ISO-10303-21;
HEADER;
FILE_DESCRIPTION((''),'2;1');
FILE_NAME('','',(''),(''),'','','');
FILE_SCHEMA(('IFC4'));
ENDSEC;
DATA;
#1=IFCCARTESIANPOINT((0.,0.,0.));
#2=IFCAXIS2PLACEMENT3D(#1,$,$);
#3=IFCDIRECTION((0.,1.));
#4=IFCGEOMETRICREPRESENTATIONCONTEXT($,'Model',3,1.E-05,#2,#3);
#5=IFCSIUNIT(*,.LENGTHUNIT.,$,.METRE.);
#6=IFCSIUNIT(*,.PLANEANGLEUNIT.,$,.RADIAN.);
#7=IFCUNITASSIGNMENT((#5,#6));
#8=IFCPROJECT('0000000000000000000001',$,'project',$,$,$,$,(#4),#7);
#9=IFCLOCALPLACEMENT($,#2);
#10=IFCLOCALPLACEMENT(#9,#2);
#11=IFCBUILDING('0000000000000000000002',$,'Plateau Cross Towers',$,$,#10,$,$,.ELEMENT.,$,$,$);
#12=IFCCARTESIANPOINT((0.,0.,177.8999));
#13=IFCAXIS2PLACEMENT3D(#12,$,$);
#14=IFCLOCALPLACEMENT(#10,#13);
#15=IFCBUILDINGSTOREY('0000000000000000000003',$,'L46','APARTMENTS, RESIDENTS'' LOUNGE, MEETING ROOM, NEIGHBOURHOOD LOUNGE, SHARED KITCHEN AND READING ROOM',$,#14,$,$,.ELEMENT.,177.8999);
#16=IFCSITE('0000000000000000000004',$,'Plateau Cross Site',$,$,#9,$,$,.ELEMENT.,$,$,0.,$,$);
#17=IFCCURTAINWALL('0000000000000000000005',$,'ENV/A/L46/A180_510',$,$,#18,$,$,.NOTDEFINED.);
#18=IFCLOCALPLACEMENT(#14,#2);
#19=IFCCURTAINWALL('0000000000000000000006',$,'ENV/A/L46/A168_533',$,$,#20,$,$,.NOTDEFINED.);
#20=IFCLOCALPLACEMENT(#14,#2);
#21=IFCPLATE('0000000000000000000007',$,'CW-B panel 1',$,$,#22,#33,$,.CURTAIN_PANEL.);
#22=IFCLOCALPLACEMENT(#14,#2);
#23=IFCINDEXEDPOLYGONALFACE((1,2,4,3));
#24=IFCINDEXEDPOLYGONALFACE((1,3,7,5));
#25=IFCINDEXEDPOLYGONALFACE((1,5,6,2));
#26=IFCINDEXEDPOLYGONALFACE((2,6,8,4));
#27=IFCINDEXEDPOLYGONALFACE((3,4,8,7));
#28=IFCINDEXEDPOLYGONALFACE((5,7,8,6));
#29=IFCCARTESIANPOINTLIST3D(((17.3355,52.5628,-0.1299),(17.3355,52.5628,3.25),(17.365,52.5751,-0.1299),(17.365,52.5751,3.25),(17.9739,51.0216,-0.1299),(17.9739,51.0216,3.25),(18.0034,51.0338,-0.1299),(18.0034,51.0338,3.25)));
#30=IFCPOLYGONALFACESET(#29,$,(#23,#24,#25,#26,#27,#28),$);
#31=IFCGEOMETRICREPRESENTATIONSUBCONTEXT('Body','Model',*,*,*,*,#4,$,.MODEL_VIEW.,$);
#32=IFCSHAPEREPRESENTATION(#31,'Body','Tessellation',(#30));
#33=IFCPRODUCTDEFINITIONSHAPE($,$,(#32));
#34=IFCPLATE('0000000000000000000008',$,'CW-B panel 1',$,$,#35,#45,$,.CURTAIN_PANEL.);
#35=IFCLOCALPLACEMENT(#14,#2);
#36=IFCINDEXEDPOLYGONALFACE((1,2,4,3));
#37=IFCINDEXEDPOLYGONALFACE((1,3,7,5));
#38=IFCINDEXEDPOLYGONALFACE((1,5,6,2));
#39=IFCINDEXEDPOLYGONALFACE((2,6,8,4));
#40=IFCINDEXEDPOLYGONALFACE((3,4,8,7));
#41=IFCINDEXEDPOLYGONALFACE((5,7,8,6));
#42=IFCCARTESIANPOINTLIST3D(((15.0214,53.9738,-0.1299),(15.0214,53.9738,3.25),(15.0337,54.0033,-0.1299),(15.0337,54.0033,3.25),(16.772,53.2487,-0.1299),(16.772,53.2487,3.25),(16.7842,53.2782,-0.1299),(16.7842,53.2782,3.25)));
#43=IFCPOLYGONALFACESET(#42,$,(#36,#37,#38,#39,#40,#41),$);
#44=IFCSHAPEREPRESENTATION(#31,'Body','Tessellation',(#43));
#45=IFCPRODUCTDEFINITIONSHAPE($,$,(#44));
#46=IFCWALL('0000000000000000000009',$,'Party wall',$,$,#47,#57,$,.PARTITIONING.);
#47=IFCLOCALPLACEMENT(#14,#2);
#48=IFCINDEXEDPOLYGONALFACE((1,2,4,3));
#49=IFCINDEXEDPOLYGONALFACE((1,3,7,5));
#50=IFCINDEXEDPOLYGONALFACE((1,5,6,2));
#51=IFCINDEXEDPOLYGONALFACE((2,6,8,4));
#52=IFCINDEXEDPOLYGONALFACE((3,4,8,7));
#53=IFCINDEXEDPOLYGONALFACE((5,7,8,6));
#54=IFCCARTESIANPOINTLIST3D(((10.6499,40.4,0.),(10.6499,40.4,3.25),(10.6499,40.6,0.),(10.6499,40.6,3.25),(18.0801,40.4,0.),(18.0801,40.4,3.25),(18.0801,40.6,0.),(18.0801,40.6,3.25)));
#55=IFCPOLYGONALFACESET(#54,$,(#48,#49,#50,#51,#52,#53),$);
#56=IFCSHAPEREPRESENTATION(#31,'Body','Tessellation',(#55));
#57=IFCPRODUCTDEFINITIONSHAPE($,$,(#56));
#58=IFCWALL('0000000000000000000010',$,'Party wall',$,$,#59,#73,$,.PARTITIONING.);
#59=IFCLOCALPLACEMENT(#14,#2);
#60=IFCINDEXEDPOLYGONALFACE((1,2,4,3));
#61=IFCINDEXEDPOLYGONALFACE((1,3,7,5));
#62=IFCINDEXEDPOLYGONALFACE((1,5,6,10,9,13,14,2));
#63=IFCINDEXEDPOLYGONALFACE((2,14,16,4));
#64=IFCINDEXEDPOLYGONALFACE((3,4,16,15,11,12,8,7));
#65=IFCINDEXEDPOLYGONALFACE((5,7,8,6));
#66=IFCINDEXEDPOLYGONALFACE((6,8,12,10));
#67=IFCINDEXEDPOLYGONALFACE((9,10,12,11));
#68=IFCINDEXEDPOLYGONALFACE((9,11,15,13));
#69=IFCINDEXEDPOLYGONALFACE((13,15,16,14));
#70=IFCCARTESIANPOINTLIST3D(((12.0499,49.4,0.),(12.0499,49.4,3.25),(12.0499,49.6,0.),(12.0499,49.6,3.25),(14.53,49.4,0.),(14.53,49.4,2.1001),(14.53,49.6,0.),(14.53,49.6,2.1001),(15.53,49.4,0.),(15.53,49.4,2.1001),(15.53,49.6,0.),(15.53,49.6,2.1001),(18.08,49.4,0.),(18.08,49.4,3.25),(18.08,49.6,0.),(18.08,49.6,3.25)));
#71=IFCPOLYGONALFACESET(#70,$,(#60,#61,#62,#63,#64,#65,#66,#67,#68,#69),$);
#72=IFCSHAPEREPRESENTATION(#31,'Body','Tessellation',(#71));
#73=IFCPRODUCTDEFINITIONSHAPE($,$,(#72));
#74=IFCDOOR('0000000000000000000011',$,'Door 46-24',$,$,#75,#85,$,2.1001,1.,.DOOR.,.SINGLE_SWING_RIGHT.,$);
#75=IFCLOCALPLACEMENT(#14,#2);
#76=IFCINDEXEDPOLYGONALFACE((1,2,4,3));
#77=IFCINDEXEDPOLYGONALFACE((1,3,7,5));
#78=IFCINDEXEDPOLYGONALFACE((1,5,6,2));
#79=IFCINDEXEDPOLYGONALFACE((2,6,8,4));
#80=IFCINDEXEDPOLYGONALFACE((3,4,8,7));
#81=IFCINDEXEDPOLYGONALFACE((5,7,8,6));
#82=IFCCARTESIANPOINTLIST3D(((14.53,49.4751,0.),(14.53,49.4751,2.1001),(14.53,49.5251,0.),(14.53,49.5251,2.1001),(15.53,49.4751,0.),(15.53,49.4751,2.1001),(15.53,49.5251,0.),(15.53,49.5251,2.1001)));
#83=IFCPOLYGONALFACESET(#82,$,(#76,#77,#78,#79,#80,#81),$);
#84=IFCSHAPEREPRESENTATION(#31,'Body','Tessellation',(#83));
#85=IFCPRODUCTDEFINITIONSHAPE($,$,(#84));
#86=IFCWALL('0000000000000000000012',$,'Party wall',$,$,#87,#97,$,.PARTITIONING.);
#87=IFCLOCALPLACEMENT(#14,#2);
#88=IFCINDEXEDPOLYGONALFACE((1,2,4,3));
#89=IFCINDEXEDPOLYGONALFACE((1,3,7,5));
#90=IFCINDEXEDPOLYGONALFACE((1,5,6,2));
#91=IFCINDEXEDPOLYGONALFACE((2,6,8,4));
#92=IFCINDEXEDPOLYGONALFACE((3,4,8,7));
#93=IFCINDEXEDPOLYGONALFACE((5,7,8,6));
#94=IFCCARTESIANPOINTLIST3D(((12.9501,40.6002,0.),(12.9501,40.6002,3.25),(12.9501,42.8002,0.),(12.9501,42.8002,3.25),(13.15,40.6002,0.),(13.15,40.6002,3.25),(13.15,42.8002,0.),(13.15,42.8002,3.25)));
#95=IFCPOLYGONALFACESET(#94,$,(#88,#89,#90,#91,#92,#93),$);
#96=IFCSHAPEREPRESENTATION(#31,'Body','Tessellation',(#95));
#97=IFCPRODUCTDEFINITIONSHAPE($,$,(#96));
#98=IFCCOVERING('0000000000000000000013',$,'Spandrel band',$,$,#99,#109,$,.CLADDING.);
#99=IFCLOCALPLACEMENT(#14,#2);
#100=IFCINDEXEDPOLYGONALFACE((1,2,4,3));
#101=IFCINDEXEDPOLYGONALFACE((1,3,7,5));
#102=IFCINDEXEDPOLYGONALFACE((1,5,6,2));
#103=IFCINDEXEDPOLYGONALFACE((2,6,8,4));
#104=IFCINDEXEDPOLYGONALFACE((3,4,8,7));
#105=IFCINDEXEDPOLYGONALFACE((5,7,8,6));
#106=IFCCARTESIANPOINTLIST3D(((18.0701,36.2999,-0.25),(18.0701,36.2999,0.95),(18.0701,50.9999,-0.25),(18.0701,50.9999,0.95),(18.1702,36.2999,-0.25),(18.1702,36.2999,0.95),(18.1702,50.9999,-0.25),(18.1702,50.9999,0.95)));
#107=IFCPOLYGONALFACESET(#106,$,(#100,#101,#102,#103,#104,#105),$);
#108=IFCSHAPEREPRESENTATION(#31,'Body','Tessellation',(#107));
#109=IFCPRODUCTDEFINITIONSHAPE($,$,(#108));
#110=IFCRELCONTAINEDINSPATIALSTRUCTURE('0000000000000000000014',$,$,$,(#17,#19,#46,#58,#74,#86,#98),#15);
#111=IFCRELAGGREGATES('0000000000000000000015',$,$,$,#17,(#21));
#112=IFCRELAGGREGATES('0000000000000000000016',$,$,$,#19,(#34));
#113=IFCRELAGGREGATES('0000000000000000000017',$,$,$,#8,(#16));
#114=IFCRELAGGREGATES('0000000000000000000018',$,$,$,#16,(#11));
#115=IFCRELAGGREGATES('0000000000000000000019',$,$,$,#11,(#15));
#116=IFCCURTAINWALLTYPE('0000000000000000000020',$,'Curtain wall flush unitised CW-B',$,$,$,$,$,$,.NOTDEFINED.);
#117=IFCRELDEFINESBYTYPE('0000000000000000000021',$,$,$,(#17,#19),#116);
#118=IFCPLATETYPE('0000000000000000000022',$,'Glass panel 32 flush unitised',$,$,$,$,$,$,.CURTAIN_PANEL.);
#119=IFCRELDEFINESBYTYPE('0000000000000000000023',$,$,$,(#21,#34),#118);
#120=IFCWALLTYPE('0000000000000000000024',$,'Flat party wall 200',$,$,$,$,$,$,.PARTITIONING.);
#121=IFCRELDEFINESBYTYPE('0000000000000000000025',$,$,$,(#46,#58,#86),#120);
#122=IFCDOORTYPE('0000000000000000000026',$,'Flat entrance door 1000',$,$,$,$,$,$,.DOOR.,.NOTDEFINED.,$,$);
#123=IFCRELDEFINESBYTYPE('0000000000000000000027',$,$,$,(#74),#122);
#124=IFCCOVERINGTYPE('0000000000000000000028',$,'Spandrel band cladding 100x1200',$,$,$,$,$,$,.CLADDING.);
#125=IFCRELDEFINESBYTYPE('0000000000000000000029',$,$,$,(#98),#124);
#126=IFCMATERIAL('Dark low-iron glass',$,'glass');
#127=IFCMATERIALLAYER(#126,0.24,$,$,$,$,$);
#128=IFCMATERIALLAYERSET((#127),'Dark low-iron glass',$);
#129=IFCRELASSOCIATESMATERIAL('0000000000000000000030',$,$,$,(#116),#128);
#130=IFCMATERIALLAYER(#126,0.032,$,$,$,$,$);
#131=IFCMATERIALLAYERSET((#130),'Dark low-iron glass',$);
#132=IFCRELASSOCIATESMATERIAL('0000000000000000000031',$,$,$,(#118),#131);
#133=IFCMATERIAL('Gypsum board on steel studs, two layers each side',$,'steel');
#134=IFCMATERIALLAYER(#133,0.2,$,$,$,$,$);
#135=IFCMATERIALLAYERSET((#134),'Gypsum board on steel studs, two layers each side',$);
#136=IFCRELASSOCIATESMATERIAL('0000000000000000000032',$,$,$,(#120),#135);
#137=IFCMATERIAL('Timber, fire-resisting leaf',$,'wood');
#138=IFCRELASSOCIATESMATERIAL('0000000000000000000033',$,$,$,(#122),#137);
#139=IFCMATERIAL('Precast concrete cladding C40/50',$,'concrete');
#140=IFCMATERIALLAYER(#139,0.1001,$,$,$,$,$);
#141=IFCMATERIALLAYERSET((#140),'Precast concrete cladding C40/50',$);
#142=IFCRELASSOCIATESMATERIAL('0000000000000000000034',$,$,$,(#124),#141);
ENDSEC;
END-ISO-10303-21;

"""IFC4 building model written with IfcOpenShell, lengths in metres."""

from ifc_helpers import new_model, si_unit, direction, frame, frame_2d, origin, origin_2d, place, context, subcontext, project, spatial, rectangle, extrude, material, layer, layer_set, type_object, element, fill, aggregate, save


model = new_model("IFC4")

# Units and contexts
model_context = context("Model", 3, precision=1e-05, world=origin(), true_north=direction((0.0, 1.0)))
body_context = subcontext(model_context, "Body", "Model", "MODEL_VIEW")
ifc_project = project(units=[si_unit("LENGTHUNIT", "METRE"), si_unit("PLANEANGLEUNIT", "RADIAN")], contexts=[model_context])

# Site, building, storey
site_placement = place(None, origin())
site = spatial("IfcSite", under=ifc_project, at=site_placement, Name="Plateau Cross Site", CompositionType="ELEMENT", RefElevation=0.0)
building_placement = place(site_placement, origin())
building = spatial("IfcBuilding", under=site, at=building_placement, Name="Plateau Cross Towers", CompositionType="ELEMENT")
storey_placement = place(building_placement, frame((0.0, 0.0, 177.8999)))
storey = spatial("IfcBuildingStorey", under=building, at=storey_placement, Name="L46", Description="APARTMENTS, RESIDENTS' LOUNGE, MEETING ROOM, NEIGHBOURHOOD LOUNGE, SHARED KITCHEN AND READING ROOM", CompositionType="ELEMENT", Elevation=177.8999)

# Curtain wall
ifc_material_1 = material(Name="Dark low-iron glass", Category="glass")
ifc_layer_1 = layer(ifc_material_1, 0.24)
ifc_layer_set_1 = layer_set([ifc_layer_1], Name="Dark low-iron glass")
curtain_wall_type = type_object("IfcCurtainWallType", Name="Curtain wall flush unitised CW-B", PredefinedType="NOTDEFINED", material=ifc_layer_set_1)
curtain_wall_1_placement = place(storey_placement, origin())
curtain_wall_1 = element("IfcCurtainWall", 1, at=curtain_wall_1_placement, inside=storey, type_object=curtain_wall_type, Name="ENV/A/L46/A180_510", PredefinedType="NOTDEFINED")

# Curtain wall
curtain_wall_2_placement = place(storey_placement, origin())
curtain_wall_2 = element("IfcCurtainWall", 2, at=curtain_wall_2_placement, inside=storey, type_object=curtain_wall_type, Name="ENV/A/L46/A168_533", PredefinedType="NOTDEFINED")

# Plates
ifc_layer_2 = layer(ifc_material_1, 0.032)
ifc_layer_set_2 = layer_set([ifc_layer_2], Name="Dark low-iron glass")
plate_type = type_object("IfcPlateType", Name="Glass panel 32 flush unitised", PredefinedType="CURTAIN_PANEL", material=ifc_layer_set_2)
plate_1_placement = place(storey_placement, frame((17.6694, 51.7983, -0.1299), z_axis=(0.0, 0.0, 1.0), x_axis=(-0.382684, 0.923879, 0.0)))
plate_1 = element("IfcPlate", 3, at=plate_1_placement, type_object=plate_type, Name="CW-B panel 1", PredefinedType="CURTAIN_PANEL", context=body_context, shape_type="SweptSolid", body=[
    extrude(rectangle(XDim=1.6682, YDim=0.032, at=origin_2d()), origin(), (0.0, 0.0, 1.0), 3.3799),
])
aggregate(curtain_wall_1, [plate_1])
plate_2_placement = place(storey_placement, frame((15.9028, 53.626, -0.1299), z_axis=(0.0, 0.0, 1.0), x_axis=(-0.923879, 0.382684, 0.0)))
plate_2 = element("IfcPlate", 4, at=plate_2_placement, type_object=plate_type, Name="CW-B panel 1", PredefinedType="CURTAIN_PANEL", context=body_context, shape_type="SweptSolid", body=[
    extrude(rectangle(XDim=1.8948, YDim=0.032, at=origin_2d()), origin(), (0.0, 0.0, 1.0), 3.3799),
])
aggregate(curtain_wall_2, [plate_2])

# Wall
ifc_material_2 = material(Name="Gypsum board on steel studs, two layers each side", Category="steel")
ifc_layer_3 = layer(ifc_material_2, 0.2)
ifc_layer_set_3 = layer_set([ifc_layer_3], Name="Gypsum board on steel studs, two layers each side")
wall_type_1 = type_object("IfcWallType", Name="Flat party wall 200", PredefinedType="PARTITIONING", material=ifc_layer_set_3)
wall_1_placement = place(storey_placement, frame((18.0801, 40.5, 0.0), z_axis=(0.0, 0.0, 1.0), x_axis=(-1.0, 0.0, 0.0)))
element("IfcWall", 5, at=wall_1_placement, inside=storey, type_object=wall_type_1, Name="Party wall", PredefinedType="PARTITIONING", context=body_context, shape_type="SweptSolid", body=[
    extrude(rectangle(XDim=7.4302, YDim=0.2, at=frame_2d((3.7151, 0.0))), origin(), (0.0, 0.0, 1.0), 3.25),
])

# Wall, opening, door
wall_2_placement = place(storey_placement, frame((18.0801, 49.5, 0.0), z_axis=(0.0, 0.0, 1.0), x_axis=(-1.0, 0.0, 0.0)))
wall_2 = element("IfcWall", 6, at=wall_2_placement, inside=storey, type_object=wall_type_1, Name="Party wall", PredefinedType="PARTITIONING", context=body_context, shape_type="SweptSolid", body=[
    extrude(rectangle(XDim=6.03, YDim=0.2, at=frame_2d((3.0151, 0.0))), origin(), (0.0, 0.0, 1.0), 3.25),
])
opening_1_placement = place(wall_2_placement, frame((2.55, 0.0, 0.0)))
opening_1 = element("IfcOpeningElement", 7, at=opening_1_placement, cuts=wall_2, PredefinedType="OPENING", context=body_context, shape_type="SweptSolid", body=[
    extrude(rectangle(XDim=1.0, YDim=2.1001, at=frame_2d((0.5, 1.05))), frame((0.0, 0.1099, 0.0), z_axis=(0.0, -1.0, 0.0), x_axis=(1.0, 0.0, 0.0)), (0.0, 0.0, 1.0), 0.22),
])
ifc_material_3 = material(Name="Timber, fire-resisting leaf", Category="wood")
door_type_1 = type_object("IfcDoorType", Name="Flat entrance door 1000", OperationType="NOTDEFINED", PredefinedType="DOOR", material=ifc_material_3)
door_1_placement = place(opening_1_placement, origin())
door_1 = element("IfcDoor", 8, at=door_1_placement, inside=storey, type_object=door_type_1, Name="Door 46-24", OperationType="SINGLE_SWING_RIGHT", OverallHeight=2.1001, OverallWidth=1.0, PredefinedType="DOOR", context=body_context, shape_type="SweptSolid", body=[
    extrude(rectangle(XDim=1.0, YDim=2.1001, at=frame_2d((0.5, 1.05))), frame((0.0, 0.0249, 0.0), z_axis=(0.0, -1.0, 0.0), x_axis=(1.0, 0.0, 0.0)), (0.0, 0.0, 1.0), 0.05),
])
fill(opening_1, door_1)

# Wall
wall_3_placement = place(storey_placement, frame((13.05, 40.6001, 0.0), z_axis=(0.0, 0.0, 1.0), x_axis=(0.0, 1.0, 0.0)))
element("IfcWall", 9, at=wall_3_placement, inside=storey, type_object=wall_type_1, Name="Party wall", PredefinedType="PARTITIONING", context=body_context, shape_type="SweptSolid", body=[
    extrude(rectangle(XDim=2.2, YDim=0.2, at=frame_2d((1.1001, 0.0))), origin(), (0.0, 0.0, 1.0), 3.25),
])

# Covering
ifc_material_4 = material(Name="Precast concrete cladding C40/50", Category="concrete")
ifc_layer_4 = layer(ifc_material_4, 0.1001)
ifc_layer_set_4 = layer_set([ifc_layer_4], Name="Precast concrete cladding C40/50")
covering_type = type_object("IfcCoveringType", Name="Spandrel band cladding 100x1200", PredefinedType="CLADDING", material=ifc_layer_set_4)
covering_placement = place(storey_placement, frame((18.1201, 43.6499, -0.25), z_axis=(0.0, 0.0, 1.0), x_axis=(0.0, 1.0, 0.0)))
element("IfcCovering", 10, at=covering_placement, inside=storey, type_object=covering_type, Name="Spandrel band", PredefinedType="CLADDING", context=body_context, shape_type="SweptSolid", body=[
    extrude(rectangle(XDim=14.7, YDim=0.1001, at=origin_2d()), origin(), (0.0, 0.0, 1.0), 1.2),
])

save(model, "model.ifc")
